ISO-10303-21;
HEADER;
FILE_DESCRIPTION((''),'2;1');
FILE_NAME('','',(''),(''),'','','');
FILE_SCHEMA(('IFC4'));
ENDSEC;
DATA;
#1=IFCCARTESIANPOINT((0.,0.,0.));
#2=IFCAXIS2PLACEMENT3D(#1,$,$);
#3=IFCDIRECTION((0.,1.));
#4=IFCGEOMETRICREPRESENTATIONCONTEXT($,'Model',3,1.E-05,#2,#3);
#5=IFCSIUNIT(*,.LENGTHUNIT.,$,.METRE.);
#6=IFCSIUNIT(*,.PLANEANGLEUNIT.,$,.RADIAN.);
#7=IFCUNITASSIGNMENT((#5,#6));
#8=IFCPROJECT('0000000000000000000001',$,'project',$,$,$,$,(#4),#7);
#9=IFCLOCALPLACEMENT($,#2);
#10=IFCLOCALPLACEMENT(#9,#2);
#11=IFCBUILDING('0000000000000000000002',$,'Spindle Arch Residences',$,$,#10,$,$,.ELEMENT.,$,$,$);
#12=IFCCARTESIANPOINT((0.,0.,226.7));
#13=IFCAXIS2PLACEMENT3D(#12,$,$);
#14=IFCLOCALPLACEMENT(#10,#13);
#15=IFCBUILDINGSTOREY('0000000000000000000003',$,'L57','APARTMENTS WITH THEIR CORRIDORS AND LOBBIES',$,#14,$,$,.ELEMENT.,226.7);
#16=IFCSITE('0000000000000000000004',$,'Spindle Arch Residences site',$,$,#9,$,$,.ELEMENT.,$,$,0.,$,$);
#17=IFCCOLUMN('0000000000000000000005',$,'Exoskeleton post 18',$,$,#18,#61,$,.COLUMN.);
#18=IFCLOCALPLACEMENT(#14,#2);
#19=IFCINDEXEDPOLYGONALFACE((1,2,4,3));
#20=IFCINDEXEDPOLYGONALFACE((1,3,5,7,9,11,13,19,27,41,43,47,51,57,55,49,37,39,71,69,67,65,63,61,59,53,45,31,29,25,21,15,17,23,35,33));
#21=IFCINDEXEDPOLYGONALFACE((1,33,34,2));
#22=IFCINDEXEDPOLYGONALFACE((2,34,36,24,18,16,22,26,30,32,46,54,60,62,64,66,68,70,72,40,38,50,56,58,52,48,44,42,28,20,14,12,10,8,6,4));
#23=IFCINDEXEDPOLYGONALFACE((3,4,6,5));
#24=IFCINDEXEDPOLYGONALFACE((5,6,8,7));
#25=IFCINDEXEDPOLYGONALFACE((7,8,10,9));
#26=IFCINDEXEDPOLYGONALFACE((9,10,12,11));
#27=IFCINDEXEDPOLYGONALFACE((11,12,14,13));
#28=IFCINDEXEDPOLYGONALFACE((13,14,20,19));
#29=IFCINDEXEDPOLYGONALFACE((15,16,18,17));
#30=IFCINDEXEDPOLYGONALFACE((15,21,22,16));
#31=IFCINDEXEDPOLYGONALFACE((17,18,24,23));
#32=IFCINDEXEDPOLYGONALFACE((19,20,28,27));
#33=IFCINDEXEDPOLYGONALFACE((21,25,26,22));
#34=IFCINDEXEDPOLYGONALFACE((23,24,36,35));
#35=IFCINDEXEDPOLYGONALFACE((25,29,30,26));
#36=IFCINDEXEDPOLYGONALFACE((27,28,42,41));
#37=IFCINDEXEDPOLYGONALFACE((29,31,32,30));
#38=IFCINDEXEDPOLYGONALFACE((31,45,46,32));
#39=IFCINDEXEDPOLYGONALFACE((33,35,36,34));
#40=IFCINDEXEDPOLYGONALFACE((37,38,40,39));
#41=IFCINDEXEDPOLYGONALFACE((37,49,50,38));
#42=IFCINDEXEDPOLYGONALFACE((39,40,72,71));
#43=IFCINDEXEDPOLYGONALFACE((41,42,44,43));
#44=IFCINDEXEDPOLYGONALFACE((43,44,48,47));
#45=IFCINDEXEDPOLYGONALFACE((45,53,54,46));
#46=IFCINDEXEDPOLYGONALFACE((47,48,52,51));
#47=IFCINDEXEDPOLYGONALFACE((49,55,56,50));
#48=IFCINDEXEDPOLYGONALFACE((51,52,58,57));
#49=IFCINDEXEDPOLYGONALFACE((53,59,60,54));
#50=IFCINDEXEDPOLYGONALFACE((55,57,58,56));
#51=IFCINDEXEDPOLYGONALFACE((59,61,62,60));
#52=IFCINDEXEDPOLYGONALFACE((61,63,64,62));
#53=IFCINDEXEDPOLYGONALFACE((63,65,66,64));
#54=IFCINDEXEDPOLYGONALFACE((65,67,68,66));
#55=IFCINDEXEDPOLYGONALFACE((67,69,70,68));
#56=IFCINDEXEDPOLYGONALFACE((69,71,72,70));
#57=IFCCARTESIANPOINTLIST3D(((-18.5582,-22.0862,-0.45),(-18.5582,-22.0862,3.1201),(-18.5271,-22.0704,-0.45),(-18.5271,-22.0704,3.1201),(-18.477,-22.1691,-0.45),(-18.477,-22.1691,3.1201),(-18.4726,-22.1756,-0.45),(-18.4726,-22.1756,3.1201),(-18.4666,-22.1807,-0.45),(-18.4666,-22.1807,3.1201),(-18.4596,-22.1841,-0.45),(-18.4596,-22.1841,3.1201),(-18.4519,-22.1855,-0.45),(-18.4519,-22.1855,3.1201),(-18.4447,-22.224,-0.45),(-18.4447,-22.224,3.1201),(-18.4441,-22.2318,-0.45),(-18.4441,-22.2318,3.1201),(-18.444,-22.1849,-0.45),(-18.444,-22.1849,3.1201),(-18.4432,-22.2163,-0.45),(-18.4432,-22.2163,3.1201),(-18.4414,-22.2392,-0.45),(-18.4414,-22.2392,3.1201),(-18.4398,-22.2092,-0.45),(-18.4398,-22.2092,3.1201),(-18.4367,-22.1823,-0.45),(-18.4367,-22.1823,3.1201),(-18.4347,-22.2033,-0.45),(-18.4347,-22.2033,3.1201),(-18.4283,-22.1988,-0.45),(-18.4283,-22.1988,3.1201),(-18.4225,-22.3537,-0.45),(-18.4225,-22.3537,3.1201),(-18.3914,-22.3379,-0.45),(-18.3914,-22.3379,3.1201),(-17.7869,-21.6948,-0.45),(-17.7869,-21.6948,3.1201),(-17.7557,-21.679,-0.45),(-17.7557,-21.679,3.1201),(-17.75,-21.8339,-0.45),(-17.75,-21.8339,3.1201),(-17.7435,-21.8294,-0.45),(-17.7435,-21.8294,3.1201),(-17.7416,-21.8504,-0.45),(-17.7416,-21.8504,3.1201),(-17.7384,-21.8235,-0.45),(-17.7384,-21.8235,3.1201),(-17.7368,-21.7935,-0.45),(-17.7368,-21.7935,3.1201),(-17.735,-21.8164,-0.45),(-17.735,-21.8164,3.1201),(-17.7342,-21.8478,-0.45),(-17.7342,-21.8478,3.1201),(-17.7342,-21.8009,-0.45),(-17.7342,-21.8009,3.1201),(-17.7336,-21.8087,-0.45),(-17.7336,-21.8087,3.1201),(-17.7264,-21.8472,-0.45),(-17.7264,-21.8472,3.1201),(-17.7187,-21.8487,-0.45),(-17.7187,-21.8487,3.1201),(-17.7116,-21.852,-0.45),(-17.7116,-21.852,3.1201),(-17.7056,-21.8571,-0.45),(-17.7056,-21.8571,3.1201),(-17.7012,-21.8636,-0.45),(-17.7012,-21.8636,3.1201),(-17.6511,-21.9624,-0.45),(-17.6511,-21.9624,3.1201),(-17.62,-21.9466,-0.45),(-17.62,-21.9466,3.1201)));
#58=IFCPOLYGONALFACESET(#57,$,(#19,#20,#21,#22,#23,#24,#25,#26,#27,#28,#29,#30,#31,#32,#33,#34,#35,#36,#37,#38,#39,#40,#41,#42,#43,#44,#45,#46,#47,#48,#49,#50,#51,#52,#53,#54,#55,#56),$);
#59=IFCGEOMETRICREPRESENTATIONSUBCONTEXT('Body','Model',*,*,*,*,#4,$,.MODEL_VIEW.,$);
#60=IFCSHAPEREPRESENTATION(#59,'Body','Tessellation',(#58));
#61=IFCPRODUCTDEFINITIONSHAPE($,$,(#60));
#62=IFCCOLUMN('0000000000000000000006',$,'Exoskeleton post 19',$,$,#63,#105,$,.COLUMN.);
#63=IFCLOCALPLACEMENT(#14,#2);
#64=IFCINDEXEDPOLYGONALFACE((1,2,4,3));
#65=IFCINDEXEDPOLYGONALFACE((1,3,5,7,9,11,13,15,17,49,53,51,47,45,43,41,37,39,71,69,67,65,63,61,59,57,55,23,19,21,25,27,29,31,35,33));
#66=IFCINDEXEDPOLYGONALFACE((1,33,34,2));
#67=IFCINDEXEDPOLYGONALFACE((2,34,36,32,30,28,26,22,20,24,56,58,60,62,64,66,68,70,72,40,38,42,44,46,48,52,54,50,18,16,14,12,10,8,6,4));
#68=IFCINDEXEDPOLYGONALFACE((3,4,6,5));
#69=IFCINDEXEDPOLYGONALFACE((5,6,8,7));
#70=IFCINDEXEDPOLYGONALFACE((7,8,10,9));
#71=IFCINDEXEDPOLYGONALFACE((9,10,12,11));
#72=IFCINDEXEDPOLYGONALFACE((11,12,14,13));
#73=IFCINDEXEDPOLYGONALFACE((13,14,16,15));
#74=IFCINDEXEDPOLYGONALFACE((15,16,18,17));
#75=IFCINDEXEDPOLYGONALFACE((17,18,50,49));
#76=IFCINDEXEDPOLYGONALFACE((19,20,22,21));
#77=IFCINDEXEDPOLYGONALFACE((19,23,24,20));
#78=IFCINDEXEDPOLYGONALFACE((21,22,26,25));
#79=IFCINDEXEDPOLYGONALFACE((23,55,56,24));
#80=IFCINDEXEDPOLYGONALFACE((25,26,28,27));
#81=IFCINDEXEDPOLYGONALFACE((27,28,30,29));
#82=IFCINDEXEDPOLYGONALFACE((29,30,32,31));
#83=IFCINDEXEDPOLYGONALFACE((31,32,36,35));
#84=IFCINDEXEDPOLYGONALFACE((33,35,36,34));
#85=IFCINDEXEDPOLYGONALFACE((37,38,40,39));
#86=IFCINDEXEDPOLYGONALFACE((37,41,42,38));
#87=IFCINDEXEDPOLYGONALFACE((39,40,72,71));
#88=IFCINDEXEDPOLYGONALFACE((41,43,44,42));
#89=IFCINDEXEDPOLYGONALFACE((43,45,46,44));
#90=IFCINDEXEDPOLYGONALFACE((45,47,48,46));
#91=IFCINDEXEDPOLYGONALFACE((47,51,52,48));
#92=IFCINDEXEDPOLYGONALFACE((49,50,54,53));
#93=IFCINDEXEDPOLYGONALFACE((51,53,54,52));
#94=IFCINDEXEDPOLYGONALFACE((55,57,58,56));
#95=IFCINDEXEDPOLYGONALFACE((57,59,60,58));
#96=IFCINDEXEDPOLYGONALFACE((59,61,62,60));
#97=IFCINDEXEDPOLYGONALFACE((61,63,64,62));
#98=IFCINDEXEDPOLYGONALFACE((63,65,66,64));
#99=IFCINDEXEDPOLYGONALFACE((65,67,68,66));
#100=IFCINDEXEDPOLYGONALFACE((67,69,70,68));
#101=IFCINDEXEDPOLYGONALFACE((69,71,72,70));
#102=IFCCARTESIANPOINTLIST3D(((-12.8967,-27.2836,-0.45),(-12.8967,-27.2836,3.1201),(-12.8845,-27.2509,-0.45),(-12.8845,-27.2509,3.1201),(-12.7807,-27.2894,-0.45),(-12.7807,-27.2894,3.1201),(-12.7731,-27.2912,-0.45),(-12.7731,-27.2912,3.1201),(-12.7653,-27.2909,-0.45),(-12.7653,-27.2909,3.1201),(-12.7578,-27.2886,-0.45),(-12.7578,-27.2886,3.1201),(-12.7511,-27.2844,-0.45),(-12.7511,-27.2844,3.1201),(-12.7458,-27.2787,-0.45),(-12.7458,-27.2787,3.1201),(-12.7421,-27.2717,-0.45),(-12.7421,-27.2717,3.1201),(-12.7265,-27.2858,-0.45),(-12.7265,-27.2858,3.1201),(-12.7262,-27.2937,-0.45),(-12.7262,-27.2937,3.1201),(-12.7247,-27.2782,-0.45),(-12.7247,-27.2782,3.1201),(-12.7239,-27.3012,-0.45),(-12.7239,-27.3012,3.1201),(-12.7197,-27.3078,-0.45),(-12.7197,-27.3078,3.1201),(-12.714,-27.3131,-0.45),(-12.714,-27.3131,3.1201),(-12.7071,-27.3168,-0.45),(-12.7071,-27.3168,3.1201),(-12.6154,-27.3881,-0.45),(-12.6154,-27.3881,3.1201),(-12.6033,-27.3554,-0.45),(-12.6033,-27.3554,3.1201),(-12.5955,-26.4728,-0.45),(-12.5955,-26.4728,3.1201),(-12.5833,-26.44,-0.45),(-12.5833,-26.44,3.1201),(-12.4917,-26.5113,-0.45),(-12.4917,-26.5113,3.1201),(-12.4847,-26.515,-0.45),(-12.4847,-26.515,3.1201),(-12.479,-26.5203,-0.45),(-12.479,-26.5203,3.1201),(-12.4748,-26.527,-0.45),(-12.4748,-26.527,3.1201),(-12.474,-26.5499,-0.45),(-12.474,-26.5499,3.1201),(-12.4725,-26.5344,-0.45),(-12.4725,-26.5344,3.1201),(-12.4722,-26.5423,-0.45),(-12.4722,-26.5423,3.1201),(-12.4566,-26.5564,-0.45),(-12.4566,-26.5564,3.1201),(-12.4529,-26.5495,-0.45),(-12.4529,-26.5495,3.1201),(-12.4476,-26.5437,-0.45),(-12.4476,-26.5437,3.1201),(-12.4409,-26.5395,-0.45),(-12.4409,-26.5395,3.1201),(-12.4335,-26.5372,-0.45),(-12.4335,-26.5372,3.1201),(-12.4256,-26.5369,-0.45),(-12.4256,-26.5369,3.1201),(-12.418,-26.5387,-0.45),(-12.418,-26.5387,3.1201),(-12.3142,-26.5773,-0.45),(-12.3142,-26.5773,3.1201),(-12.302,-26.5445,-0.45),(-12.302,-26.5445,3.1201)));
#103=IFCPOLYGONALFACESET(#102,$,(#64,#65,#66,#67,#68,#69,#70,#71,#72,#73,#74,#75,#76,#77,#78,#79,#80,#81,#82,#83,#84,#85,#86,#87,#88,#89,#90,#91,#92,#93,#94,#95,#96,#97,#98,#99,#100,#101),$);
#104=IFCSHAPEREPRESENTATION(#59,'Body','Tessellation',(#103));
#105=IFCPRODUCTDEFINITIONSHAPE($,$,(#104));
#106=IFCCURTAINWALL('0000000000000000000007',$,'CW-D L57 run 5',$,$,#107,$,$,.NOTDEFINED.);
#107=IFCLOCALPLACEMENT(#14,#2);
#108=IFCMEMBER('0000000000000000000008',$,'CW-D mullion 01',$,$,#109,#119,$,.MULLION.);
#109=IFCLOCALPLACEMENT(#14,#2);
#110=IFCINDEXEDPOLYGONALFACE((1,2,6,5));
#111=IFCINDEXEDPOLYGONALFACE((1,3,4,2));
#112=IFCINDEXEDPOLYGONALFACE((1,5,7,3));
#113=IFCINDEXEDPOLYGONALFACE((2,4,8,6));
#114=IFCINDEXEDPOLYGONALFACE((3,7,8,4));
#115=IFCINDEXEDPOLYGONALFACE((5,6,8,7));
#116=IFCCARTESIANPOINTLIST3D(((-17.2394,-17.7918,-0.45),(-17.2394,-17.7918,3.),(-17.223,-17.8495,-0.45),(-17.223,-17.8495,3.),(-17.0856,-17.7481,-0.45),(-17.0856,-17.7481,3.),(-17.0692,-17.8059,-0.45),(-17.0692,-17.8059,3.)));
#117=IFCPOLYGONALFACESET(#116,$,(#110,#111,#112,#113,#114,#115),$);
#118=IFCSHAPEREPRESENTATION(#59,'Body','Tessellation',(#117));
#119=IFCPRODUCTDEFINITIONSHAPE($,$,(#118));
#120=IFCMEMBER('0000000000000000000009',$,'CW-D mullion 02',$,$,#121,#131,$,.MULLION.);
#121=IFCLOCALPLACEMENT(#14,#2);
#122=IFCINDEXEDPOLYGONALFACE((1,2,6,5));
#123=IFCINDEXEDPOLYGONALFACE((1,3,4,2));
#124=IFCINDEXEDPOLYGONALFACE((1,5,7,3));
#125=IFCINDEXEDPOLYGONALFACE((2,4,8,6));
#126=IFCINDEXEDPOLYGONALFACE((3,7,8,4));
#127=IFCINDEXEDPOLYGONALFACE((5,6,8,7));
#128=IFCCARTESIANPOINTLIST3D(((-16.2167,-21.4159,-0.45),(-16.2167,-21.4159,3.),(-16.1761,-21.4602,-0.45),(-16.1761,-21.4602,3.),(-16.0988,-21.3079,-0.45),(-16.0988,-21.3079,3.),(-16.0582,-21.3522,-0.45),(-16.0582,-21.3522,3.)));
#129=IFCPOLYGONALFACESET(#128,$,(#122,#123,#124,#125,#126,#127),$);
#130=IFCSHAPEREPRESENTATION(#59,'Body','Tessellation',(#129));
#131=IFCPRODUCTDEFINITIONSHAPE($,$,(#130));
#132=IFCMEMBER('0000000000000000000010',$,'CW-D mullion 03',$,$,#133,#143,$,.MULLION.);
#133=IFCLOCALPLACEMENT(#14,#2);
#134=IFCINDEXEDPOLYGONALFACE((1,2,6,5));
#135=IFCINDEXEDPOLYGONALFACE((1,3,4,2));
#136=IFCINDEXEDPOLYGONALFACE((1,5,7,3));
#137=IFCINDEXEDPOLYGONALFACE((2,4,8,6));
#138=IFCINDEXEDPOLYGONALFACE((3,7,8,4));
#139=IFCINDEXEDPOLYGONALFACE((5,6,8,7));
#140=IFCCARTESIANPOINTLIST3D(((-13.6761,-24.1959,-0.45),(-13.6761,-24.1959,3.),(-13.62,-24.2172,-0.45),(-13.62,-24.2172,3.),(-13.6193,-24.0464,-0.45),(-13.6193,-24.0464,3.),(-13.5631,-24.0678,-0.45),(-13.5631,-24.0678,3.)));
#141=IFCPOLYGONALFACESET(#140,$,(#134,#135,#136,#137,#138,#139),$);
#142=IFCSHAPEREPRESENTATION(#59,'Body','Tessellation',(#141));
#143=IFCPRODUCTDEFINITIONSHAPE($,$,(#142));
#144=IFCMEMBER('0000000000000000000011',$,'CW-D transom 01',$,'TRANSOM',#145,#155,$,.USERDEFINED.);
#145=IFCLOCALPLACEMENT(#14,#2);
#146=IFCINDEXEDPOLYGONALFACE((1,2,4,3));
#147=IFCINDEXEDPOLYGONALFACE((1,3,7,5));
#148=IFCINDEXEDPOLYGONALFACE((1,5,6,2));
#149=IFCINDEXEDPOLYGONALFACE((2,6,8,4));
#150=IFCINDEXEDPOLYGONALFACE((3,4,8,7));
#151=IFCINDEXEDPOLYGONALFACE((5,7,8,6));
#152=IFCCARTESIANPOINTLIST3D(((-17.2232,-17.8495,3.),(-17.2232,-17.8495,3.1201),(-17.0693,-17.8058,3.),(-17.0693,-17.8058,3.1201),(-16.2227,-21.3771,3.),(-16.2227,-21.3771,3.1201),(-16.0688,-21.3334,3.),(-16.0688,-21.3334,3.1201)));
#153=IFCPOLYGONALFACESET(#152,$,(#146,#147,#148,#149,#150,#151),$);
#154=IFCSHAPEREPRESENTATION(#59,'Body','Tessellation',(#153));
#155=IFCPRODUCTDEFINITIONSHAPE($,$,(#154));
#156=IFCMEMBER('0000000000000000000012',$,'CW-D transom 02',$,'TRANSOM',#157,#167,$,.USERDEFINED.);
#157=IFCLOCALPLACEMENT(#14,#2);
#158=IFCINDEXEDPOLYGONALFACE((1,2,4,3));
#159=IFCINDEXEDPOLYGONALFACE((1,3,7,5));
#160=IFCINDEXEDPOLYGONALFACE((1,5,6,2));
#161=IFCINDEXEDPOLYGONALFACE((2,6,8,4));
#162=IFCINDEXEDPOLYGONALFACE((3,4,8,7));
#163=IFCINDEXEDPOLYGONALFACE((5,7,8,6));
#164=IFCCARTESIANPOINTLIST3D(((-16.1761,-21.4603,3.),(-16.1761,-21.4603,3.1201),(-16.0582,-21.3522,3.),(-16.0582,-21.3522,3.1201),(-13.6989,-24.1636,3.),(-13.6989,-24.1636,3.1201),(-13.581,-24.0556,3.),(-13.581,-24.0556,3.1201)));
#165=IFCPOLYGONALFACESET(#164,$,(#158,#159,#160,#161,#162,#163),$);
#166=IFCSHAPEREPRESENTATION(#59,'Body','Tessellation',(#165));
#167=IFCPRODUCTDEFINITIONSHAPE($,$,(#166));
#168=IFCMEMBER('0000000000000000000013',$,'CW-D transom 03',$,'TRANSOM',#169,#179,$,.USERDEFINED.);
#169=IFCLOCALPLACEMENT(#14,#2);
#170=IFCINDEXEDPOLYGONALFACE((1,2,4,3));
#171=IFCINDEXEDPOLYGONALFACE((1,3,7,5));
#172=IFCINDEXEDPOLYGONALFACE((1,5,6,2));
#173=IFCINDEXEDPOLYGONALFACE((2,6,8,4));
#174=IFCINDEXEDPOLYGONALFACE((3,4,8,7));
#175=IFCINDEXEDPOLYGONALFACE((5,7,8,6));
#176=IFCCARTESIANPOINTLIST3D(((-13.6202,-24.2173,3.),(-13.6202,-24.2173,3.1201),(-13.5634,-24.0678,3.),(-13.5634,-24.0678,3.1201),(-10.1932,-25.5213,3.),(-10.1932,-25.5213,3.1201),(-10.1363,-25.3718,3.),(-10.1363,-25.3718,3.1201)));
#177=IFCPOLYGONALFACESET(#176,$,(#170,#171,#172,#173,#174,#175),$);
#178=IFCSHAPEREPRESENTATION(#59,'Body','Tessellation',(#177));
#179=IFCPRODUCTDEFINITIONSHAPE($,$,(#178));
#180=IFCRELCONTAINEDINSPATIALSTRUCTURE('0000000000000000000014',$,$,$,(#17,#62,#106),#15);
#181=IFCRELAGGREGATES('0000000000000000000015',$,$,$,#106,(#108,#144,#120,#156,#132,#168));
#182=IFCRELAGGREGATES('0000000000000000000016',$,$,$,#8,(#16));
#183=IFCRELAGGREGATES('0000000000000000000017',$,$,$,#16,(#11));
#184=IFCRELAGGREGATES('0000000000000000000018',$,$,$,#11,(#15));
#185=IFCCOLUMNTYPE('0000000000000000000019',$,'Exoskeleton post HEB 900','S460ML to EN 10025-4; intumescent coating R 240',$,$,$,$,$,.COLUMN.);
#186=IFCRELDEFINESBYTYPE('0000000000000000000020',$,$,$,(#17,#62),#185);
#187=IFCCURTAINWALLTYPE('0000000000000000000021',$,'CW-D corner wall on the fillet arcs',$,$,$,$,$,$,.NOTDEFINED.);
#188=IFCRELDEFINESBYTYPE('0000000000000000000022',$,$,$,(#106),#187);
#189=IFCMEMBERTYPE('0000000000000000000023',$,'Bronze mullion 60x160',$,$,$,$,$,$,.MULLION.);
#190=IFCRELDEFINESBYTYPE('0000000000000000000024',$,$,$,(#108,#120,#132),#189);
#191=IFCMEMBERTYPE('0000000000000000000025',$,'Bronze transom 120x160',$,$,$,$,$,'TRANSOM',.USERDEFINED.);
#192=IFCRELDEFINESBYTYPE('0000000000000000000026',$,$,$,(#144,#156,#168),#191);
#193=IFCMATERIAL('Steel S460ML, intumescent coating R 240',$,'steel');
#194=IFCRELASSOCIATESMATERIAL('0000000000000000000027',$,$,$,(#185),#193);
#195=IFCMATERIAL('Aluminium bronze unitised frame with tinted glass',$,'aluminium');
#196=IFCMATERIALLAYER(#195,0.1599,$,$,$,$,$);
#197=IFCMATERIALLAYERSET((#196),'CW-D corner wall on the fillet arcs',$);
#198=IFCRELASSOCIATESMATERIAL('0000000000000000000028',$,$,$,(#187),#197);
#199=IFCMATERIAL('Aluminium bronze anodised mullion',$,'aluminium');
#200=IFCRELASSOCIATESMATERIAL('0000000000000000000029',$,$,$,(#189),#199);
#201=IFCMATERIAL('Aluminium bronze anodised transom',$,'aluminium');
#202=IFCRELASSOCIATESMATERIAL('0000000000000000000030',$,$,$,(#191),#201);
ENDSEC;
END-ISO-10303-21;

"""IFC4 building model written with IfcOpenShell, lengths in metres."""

from ifc_helpers import new_model, si_unit, direction, frame, origin, origin_2d, place, context, subcontext, project, spatial, rectangle, i_section, extrude, material, layer, layer_set, material_profile, profile_set, type_object, element, aggregate, save


model = new_model("IFC4")

# Units and contexts
model_context = context("Model", 3, precision=1e-05, world=origin(), true_north=direction((0.0, 1.0)))
body_context = subcontext(model_context, "Body", "Model", "MODEL_VIEW")
ifc_project = project(units=[si_unit("LENGTHUNIT", "METRE"), si_unit("PLANEANGLEUNIT", "RADIAN")], contexts=[model_context])

# Site, building, storey
site_placement = place(None, origin())
site = spatial("IfcSite", under=ifc_project, at=site_placement, Name="Spindle Arch Residences site", CompositionType="ELEMENT", RefElevation=0.0)
building_placement = place(site_placement, origin())
building = spatial("IfcBuilding", under=site, at=building_placement, Name="Spindle Arch Residences", CompositionType="ELEMENT")
storey_placement = place(building_placement, frame((0.0, 0.0, 226.7)))
storey = spatial("IfcBuildingStorey", under=building, at=storey_placement, Name="L57", Description="APARTMENTS WITH THEIR CORRIDORS AND LOBBIES", CompositionType="ELEMENT", Elevation=226.7)

# Columns
ifc_material_1 = material(Name="Steel S460ML, intumescent coating R 240", Category="steel")
ifc_material_profile_1 = material_profile(ifc_material_1, i_section(OverallWidth=0.3, OverallDepth=0.8999, WebThickness=0.0186, FlangeThickness=0.0349, FilletRadius=0.03, at=origin_2d()), Name="HEB 900")
ifc_profile_set_1 = profile_set([ifc_material_profile_1], Name="Steel S460ML, intumescent coating R 240")
column_type = type_object("IfcColumnType", Name="Exoskeleton post HEB 900", Description="S460ML to EN 10025-4; intumescent coating R 240", PredefinedType="COLUMN", material=ifc_profile_set_1)
for number, where, z_axis, x_axis, name in (
    (1, (-18.0891, -22.0164, -0.45), (0.0, 0.0, 1.0), (-0.452474, 0.891778, 0.0), "Exoskeleton post 18"),
    (2, (-12.5994, -26.9141, -0.45), (0.0, 0.0, 1.0), (-0.937401, 0.348253, 0.0), "Exoskeleton post 19"),
):
    element("IfcColumn", number, at=place(storey_placement, frame(where, z_axis=z_axis, x_axis=x_axis)), inside=storey, type_object=column_type, Name=name, PredefinedType="COLUMN", context=body_context, shape_type="SweptSolid", body=[
        extrude(i_section(OverallWidth=0.3, OverallDepth=0.8999, WebThickness=0.0186, FlangeThickness=0.0349, FilletRadius=0.03, at=origin_2d()), origin(), (0.0, 0.0, 1.0), 3.5701),
    ])

# Curtain wall, members
ifc_material_2 = material(Name="Aluminium bronze unitised frame with tinted glass", Category="aluminium")
ifc_layer_1 = layer(ifc_material_2, 0.1599)
ifc_layer_set_1 = layer_set([ifc_layer_1], Name="CW-D corner wall on the fillet arcs")
curtain_wall_type = type_object("IfcCurtainWallType", Name="CW-D corner wall on the fillet arcs", PredefinedType="NOTDEFINED", material=ifc_layer_set_1)
curtain_wall_placement = place(storey_placement, origin())
curtain_wall = element("IfcCurtainWall", 3, at=curtain_wall_placement, inside=storey, type_object=curtain_wall_type, Name="CW-D L57 run 5", PredefinedType="NOTDEFINED")
ifc_material_3 = material(Name="Aluminium bronze anodised mullion", Category="aluminium")
ifc_material_profile_2 = material_profile(ifc_material_3, rectangle(XDim=0.1599, YDim=0.0601, at=origin_2d()), Name="MU 60x160")
ifc_profile_set_2 = profile_set([ifc_material_profile_2], Name="Aluminium bronze anodised mullion")
member_type_1 = type_object("IfcMemberType", Name="Bronze mullion 60x160", PredefinedType="MULLION", material=ifc_profile_set_2)
member_1_placement = place(storey_placement, frame((-17.1543, -17.7988, -0.45), z_axis=(0.0, 0.0, 1.0), x_axis=(0.962059, 0.27284, 0.0)))
member_1 = element("IfcMember", 4, at=member_1_placement, type_object=member_type_1, Name="CW-D mullion 01", PredefinedType="MULLION", context=body_context, shape_type="SweptSolid", body=[
    extrude(rectangle(XDim=0.1599, YDim=0.0601, at=origin_2d()), origin(), (0.0, 0.0, 1.0), 3.45),
])
member_2_placement = place(storey_placement, frame((-16.1375, -21.384, -0.45), z_axis=(0.0, 0.0, 1.0), x_axis=(0.737277, 0.67559, 0.0)))
member_2 = element("IfcMember", 5, at=member_2_placement, type_object=member_type_1, Name="CW-D mullion 02", PredefinedType="MULLION", context=body_context, shape_type="SweptSolid", body=[
    extrude(rectangle(XDim=0.1599, YDim=0.0601, at=origin_2d()), origin(), (0.0, 0.0, 1.0), 3.45),
])
member_3_placement = place(storey_placement, frame((-13.6196, -24.1318, -0.45), z_axis=(0.0, 0.0, 1.0), x_axis=(0.355651, 0.934619, 0.0)))
member_3 = element("IfcMember", 6, at=member_3_placement, type_object=member_type_1, Name="CW-D mullion 03", PredefinedType="MULLION", context=body_context, shape_type="SweptSolid", body=[
    extrude(rectangle(XDim=0.1599, YDim=0.0601, at=origin_2d()), origin(), (0.0, 0.0, 1.0), 3.45),
])
ifc_material_4 = material(Name="Aluminium bronze anodised transom", Category="aluminium")
ifc_material_profile_3 = material_profile(ifc_material_4, rectangle(XDim=0.1599, YDim=0.1201, at=origin_2d()), Name="TR 120x160")
ifc_profile_set_3 = profile_set([ifc_material_profile_3], Name="Aluminium bronze anodised transom")
member_type_2 = type_object("IfcMemberType", Name="Bronze transom 120x160", ElementType="TRANSOM", PredefinedType="USERDEFINED", material=ifc_profile_set_3)
member_4_placement = place(storey_placement, frame((-17.1462, -17.8276, 3.0601), z_axis=(0.272856, -0.962055, 0.0), x_axis=(0.962055, 0.272856, 0.0)))
member_4 = element("IfcMember", 7, at=member_4_placement, type_object=member_type_2, Name="CW-D transom 01", ObjectType="TRANSOM", PredefinedType="USERDEFINED", context=body_context, shape_type="SweptSolid", body=[
    extrude(rectangle(XDim=0.1599, YDim=0.1201, at=origin_2d()), origin(), (0.0, 0.0, 1.0), 3.6667),
])
member_5_placement = place(storey_placement, frame((-16.1172, -21.4062, 3.0601), z_axis=(0.675607, -0.737262, 0.0), x_axis=(0.737262, 0.675607, 0.0)))
member_5 = element("IfcMember", 8, at=member_5_placement, type_object=member_type_2, Name="CW-D transom 02", ObjectType="TRANSOM", PredefinedType="USERDEFINED", context=body_context, shape_type="SweptSolid", body=[
    extrude(rectangle(XDim=0.1599, YDim=0.1201, at=origin_2d()), origin(), (0.0, 0.0, 1.0), 3.6667),
])
member_6_placement = place(storey_placement, frame((-13.5918, -24.1426, 3.0601), z_axis=(0.93463, -0.355622, 0.0), x_axis=(0.355622, 0.93463, 0.0)))
member_6 = element("IfcMember", 9, at=member_6_placement, type_object=member_type_2, Name="CW-D transom 03", ObjectType="TRANSOM", PredefinedType="USERDEFINED", context=body_context, shape_type="SweptSolid", body=[
    extrude(rectangle(XDim=0.1599, YDim=0.1201, at=origin_2d()), origin(), (0.0, 0.0, 1.0), 3.6667),
])

aggregate(curtain_wall, [member_1, member_4, member_2, member_5, member_3, member_6])

save(model, "model.ifc")
